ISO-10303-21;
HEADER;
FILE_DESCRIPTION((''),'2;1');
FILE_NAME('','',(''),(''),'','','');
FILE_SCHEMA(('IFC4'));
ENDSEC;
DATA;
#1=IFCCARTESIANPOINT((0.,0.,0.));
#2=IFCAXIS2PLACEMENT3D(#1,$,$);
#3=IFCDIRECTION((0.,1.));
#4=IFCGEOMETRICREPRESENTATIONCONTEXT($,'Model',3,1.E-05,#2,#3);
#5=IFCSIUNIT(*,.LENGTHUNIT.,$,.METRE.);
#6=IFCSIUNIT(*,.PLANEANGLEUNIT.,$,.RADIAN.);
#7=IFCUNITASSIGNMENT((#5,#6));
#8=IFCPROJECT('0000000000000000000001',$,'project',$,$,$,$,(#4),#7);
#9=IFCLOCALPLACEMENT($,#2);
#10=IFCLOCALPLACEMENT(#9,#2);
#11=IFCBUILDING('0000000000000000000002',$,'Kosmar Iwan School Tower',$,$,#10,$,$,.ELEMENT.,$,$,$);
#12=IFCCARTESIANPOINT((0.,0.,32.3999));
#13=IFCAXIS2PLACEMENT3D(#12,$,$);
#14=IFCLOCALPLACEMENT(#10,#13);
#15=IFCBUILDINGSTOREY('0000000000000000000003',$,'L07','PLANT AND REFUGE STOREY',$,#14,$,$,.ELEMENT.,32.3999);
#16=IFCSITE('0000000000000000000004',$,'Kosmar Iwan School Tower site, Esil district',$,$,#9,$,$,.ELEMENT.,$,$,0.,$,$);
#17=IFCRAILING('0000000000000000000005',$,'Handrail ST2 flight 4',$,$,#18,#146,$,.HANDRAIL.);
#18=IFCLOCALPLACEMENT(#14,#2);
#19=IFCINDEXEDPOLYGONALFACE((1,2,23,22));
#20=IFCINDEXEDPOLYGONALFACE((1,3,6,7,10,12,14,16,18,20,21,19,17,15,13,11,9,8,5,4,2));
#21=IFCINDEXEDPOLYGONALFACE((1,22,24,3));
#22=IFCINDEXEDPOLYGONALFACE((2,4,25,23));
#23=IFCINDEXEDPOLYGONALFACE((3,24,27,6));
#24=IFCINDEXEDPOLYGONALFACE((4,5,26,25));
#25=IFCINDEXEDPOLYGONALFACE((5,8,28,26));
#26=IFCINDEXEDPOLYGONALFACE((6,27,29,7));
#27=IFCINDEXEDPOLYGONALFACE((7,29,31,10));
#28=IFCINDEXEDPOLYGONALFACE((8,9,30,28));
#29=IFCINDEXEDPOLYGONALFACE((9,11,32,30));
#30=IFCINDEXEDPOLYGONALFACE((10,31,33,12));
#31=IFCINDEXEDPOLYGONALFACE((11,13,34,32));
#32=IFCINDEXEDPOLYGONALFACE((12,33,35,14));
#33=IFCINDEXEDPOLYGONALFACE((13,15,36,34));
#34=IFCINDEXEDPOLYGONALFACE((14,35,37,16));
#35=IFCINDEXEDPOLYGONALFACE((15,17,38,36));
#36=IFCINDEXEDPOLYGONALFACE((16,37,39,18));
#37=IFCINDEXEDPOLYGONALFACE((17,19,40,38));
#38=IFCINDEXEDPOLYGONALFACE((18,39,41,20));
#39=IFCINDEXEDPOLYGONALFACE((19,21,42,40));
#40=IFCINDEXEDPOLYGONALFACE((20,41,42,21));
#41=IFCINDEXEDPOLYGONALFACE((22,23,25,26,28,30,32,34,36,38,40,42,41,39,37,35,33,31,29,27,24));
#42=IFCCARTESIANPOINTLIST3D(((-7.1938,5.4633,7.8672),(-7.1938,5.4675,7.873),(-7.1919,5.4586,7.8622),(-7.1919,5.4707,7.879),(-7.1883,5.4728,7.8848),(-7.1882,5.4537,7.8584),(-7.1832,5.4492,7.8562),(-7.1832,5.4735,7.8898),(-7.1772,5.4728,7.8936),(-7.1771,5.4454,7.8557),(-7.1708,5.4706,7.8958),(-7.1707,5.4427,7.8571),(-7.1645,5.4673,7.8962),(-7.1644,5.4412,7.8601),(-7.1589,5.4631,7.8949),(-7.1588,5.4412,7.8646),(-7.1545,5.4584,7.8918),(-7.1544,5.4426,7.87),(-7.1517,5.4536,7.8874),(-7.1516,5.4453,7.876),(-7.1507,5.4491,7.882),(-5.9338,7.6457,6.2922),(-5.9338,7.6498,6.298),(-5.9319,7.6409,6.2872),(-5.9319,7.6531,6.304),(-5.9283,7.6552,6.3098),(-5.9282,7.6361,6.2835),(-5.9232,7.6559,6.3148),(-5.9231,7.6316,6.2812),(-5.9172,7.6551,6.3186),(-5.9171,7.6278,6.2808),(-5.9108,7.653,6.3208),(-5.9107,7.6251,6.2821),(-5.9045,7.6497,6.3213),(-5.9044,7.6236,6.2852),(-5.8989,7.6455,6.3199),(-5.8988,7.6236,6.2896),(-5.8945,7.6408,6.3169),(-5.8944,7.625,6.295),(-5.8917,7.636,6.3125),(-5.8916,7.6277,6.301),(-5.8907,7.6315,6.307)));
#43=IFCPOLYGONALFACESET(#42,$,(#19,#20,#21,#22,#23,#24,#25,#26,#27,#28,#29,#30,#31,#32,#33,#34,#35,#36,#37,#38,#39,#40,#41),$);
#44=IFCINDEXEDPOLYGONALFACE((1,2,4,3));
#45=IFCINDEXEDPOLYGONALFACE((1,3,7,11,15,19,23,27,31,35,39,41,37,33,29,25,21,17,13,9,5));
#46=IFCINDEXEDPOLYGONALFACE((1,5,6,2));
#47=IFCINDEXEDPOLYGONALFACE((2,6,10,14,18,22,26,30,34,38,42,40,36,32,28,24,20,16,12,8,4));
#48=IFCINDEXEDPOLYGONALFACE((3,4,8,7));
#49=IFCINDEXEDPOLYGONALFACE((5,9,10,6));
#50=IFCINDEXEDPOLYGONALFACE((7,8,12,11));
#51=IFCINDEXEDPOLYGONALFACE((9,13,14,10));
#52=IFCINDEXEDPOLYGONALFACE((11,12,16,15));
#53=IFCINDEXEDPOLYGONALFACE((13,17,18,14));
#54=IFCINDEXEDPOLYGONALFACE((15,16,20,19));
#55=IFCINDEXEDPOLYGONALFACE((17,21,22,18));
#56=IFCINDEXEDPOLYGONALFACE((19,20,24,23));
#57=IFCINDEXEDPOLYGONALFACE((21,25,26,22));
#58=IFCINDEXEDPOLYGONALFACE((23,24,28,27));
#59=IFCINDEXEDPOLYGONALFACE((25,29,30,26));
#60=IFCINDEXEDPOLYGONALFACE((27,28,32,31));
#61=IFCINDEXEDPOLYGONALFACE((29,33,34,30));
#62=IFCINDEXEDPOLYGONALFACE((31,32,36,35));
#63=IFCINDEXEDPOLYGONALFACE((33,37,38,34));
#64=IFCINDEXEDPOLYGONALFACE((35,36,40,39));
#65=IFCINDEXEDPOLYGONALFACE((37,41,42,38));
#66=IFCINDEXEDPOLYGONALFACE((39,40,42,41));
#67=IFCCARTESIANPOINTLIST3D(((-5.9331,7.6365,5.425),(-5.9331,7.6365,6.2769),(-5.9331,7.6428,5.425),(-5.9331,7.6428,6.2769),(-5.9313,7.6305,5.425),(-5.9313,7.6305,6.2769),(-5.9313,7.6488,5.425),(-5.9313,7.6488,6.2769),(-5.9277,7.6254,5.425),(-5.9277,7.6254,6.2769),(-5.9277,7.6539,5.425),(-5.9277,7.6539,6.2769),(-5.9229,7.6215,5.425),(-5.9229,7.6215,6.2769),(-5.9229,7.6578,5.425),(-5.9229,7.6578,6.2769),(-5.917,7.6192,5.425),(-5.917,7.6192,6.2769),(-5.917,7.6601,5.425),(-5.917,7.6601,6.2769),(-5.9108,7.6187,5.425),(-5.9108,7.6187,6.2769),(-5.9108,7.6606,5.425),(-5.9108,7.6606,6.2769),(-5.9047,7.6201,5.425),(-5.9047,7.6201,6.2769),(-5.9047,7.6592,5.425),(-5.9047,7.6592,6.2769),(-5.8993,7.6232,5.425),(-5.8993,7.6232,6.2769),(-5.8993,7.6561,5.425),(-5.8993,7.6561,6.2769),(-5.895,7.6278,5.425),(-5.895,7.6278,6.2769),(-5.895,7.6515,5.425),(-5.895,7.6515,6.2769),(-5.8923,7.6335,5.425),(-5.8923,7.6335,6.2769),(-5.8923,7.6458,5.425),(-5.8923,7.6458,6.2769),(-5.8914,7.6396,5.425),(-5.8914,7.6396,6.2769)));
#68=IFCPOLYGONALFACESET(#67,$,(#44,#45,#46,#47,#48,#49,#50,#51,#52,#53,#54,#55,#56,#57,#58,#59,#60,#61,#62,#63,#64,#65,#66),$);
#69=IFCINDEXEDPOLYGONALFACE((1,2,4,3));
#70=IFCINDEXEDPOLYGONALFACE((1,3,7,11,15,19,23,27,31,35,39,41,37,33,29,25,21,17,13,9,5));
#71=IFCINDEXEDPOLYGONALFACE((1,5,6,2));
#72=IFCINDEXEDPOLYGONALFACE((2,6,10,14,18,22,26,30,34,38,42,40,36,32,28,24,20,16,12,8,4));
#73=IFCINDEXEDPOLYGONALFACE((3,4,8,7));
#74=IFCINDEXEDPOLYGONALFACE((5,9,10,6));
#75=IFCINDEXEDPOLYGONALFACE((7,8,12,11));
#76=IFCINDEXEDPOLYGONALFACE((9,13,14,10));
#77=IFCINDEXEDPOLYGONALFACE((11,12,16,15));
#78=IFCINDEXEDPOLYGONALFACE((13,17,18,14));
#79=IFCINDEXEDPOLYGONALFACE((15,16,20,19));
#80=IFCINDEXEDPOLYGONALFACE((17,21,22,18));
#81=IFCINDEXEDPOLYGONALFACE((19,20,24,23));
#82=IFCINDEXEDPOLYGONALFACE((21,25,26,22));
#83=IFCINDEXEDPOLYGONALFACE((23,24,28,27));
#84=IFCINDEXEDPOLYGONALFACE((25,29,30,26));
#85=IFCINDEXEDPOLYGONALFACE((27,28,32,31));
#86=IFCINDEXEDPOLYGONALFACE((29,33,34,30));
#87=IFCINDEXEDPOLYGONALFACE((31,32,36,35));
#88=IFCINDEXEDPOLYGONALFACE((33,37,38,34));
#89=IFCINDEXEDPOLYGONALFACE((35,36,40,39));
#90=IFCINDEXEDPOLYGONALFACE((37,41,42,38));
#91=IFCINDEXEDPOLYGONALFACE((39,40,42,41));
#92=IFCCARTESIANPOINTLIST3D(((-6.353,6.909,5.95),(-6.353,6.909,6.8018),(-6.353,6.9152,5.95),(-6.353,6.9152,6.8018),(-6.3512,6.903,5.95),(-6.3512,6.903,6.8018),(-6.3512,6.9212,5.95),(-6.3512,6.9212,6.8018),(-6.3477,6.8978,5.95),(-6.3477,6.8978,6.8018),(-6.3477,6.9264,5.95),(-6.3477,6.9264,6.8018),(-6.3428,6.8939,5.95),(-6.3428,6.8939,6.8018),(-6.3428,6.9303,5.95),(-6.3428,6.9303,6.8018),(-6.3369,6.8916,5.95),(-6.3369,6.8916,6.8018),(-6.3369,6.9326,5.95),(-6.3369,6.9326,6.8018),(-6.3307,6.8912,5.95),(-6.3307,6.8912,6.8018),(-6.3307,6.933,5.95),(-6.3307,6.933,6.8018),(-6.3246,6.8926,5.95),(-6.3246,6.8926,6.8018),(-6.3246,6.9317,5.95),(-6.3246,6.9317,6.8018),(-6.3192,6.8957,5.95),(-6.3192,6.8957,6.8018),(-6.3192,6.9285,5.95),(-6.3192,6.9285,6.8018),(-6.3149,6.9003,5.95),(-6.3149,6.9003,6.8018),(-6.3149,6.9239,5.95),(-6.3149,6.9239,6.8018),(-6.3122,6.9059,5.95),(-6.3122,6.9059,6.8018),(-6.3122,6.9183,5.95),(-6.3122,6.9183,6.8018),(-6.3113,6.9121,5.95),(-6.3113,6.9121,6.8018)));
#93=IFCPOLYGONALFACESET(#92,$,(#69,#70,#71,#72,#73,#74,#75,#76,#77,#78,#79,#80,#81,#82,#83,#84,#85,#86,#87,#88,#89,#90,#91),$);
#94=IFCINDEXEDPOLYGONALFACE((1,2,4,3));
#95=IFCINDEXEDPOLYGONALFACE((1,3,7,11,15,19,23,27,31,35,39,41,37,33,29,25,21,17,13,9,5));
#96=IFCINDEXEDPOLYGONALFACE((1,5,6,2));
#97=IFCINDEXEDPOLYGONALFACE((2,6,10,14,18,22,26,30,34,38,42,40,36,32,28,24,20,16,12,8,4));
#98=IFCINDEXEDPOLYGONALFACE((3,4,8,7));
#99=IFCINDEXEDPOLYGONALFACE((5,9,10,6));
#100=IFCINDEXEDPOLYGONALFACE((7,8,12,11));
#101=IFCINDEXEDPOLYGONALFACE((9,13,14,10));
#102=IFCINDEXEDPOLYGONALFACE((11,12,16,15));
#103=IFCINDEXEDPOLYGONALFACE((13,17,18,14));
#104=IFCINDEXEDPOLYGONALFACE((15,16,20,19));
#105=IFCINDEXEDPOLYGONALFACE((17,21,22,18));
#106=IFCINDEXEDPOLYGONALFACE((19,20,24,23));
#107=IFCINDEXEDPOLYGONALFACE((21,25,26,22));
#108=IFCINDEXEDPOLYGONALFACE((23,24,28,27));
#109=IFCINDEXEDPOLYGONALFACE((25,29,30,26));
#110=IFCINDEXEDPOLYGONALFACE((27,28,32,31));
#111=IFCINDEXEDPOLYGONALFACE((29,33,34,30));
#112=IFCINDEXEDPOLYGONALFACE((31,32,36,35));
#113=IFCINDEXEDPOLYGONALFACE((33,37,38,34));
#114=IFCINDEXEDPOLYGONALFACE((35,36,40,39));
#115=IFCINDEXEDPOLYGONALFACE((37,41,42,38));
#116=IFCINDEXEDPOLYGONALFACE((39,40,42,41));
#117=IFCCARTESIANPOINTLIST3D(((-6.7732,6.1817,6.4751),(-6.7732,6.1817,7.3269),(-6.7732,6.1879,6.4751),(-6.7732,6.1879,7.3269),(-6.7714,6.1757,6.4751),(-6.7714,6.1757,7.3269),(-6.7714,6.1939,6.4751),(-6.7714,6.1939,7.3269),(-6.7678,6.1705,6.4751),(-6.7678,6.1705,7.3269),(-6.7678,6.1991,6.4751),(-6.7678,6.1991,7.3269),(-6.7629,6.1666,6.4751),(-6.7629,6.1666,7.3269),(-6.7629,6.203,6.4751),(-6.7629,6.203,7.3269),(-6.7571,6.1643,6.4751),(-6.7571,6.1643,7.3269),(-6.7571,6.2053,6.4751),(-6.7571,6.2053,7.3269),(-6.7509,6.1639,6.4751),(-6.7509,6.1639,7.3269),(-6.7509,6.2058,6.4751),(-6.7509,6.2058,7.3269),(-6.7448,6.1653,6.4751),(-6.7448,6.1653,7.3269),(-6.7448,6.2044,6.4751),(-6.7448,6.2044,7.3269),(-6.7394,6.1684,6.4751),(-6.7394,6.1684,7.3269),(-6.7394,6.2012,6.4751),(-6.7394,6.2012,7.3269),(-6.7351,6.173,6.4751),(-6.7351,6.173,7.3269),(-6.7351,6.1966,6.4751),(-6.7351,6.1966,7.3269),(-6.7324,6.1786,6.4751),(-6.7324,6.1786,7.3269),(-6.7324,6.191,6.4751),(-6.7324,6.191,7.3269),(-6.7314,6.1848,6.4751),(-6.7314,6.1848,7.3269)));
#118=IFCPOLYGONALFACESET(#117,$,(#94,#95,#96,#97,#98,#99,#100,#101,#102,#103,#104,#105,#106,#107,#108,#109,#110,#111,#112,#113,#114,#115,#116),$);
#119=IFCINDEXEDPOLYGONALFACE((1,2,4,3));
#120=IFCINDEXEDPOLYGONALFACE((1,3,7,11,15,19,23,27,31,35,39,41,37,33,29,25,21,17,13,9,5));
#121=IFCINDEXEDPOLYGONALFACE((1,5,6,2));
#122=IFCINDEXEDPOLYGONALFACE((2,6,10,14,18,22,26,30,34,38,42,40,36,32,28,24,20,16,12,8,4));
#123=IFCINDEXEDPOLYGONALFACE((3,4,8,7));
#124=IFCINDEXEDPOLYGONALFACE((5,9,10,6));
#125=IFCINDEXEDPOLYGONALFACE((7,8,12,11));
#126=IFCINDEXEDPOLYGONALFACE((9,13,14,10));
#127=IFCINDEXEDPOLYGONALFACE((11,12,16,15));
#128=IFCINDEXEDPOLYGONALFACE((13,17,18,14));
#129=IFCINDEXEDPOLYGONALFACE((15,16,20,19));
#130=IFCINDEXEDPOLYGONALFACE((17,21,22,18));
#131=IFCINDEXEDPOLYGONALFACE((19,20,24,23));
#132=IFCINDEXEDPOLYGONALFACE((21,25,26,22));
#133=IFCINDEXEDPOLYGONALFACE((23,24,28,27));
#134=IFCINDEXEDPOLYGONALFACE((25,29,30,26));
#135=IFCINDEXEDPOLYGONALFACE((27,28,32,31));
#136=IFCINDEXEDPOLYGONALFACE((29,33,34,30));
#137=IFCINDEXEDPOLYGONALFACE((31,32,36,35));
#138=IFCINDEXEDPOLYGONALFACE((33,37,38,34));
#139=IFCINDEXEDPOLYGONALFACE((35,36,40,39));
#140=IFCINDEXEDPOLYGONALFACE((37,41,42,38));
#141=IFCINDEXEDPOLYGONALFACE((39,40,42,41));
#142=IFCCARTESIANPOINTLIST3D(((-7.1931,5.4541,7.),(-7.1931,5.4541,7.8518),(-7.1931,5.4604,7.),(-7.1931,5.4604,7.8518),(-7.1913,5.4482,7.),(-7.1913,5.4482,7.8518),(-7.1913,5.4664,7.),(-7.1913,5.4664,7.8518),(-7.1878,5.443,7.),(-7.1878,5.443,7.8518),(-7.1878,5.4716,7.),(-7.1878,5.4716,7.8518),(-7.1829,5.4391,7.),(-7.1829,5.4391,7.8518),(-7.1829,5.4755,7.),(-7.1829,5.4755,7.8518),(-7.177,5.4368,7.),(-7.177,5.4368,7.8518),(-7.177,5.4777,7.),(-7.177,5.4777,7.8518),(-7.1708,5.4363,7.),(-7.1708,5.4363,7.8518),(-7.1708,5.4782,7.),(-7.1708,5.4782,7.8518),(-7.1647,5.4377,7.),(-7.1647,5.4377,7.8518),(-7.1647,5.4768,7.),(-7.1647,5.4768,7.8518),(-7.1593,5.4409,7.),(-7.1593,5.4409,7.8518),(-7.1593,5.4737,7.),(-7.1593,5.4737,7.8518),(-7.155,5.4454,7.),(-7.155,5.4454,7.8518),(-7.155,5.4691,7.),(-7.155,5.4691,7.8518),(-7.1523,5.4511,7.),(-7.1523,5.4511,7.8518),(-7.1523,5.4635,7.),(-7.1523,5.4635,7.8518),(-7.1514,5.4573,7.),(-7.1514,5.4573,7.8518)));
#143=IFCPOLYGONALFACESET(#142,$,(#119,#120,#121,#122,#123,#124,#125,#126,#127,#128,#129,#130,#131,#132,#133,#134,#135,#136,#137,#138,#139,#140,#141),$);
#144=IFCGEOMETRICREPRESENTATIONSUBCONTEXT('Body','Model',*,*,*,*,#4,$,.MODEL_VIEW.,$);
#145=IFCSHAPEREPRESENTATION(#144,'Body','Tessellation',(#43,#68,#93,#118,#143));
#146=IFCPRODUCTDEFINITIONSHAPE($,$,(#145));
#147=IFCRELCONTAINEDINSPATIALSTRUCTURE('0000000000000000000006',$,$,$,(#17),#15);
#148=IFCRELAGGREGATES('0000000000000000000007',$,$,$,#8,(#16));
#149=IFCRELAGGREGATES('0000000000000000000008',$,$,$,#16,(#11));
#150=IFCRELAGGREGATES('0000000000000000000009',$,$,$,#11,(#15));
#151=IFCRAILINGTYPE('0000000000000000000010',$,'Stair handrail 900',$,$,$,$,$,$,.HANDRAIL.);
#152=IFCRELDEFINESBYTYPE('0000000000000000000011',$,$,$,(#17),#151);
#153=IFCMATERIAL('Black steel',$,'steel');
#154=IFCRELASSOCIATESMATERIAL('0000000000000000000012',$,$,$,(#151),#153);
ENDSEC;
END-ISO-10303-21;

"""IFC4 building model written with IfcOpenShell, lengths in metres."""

from ifc_helpers import new_model, si_unit, direction, frame, origin, origin_2d, place, context, subcontext, project, spatial, circle, extrude, material, type_object, element, save


model = new_model("IFC4")

# Units and contexts
model_context = context("Model", 3, precision=1e-05, world=origin(), true_north=direction((0.0, 1.0)))
body_context = subcontext(model_context, "Body", "Model", "MODEL_VIEW")
ifc_project = project(units=[si_unit("LENGTHUNIT", "METRE"), si_unit("PLANEANGLEUNIT", "RADIAN")], contexts=[model_context])

# Site, building, storey
site_placement = place(None, origin())
site = spatial("IfcSite", under=ifc_project, at=site_placement, Name="Kosmar Iwan School Tower site, Esil district", CompositionType="ELEMENT", RefElevation=0.0)
building_placement = place(site_placement, origin())
building = spatial("IfcBuilding", under=site, at=building_placement, Name="Kosmar Iwan School Tower", CompositionType="ELEMENT")
storey_placement = place(building_placement, frame((0.0, 0.0, 32.3999)))
storey = spatial("IfcBuildingStorey", under=building, at=storey_placement, Name="L07", Description="PLANT AND REFUGE STOREY", CompositionType="ELEMENT", Elevation=32.3999)

# Railing
ifc_material_1 = material(Name="Black steel", Category="steel")
railing_type = type_object("IfcRailingType", Name="Stair handrail 900", PredefinedType="HANDRAIL", material=ifc_material_1)
railing_1_placement = place(storey_placement, frame((-5.9124, 7.6396, 5.425)))
element("IfcRailing", 1, at=railing_1_placement, inside=storey, type_object=railing_type, Name="Handrail ST2 flight 4", PredefinedType="HANDRAIL", context=body_context, shape_type="SweptSolid", body=[
    extrude(circle(Radius=0.0239, at=origin_2d()), frame((0.0, 0.0, 0.876), z_axis=(-0.424007, -0.734392, 0.529988), x_axis=(0.866023, -0.500005, 0.0)), (0.0, 0.0, 1.0), 2.9717),
    extrude(circle(Radius=0.021, at=origin_2d()), origin(), (0.0, 0.0, 1.0), 0.8518),
    extrude(circle(Radius=0.021, at=origin_2d()), frame((-0.4199, -0.7275, 0.5249)), (0.0, 0.0, 1.0), 0.8518),
    extrude(circle(Radius=0.021, at=origin_2d()), frame((-0.8401, -1.4548, 1.05)), (0.0, 0.0, 1.0), 0.8518),
    extrude(circle(Radius=0.021, at=origin_2d()), frame((-1.26, -2.1824, 1.575)), (0.0, 0.0, 1.0), 0.8518),
])

save(model, "model.ifc")
